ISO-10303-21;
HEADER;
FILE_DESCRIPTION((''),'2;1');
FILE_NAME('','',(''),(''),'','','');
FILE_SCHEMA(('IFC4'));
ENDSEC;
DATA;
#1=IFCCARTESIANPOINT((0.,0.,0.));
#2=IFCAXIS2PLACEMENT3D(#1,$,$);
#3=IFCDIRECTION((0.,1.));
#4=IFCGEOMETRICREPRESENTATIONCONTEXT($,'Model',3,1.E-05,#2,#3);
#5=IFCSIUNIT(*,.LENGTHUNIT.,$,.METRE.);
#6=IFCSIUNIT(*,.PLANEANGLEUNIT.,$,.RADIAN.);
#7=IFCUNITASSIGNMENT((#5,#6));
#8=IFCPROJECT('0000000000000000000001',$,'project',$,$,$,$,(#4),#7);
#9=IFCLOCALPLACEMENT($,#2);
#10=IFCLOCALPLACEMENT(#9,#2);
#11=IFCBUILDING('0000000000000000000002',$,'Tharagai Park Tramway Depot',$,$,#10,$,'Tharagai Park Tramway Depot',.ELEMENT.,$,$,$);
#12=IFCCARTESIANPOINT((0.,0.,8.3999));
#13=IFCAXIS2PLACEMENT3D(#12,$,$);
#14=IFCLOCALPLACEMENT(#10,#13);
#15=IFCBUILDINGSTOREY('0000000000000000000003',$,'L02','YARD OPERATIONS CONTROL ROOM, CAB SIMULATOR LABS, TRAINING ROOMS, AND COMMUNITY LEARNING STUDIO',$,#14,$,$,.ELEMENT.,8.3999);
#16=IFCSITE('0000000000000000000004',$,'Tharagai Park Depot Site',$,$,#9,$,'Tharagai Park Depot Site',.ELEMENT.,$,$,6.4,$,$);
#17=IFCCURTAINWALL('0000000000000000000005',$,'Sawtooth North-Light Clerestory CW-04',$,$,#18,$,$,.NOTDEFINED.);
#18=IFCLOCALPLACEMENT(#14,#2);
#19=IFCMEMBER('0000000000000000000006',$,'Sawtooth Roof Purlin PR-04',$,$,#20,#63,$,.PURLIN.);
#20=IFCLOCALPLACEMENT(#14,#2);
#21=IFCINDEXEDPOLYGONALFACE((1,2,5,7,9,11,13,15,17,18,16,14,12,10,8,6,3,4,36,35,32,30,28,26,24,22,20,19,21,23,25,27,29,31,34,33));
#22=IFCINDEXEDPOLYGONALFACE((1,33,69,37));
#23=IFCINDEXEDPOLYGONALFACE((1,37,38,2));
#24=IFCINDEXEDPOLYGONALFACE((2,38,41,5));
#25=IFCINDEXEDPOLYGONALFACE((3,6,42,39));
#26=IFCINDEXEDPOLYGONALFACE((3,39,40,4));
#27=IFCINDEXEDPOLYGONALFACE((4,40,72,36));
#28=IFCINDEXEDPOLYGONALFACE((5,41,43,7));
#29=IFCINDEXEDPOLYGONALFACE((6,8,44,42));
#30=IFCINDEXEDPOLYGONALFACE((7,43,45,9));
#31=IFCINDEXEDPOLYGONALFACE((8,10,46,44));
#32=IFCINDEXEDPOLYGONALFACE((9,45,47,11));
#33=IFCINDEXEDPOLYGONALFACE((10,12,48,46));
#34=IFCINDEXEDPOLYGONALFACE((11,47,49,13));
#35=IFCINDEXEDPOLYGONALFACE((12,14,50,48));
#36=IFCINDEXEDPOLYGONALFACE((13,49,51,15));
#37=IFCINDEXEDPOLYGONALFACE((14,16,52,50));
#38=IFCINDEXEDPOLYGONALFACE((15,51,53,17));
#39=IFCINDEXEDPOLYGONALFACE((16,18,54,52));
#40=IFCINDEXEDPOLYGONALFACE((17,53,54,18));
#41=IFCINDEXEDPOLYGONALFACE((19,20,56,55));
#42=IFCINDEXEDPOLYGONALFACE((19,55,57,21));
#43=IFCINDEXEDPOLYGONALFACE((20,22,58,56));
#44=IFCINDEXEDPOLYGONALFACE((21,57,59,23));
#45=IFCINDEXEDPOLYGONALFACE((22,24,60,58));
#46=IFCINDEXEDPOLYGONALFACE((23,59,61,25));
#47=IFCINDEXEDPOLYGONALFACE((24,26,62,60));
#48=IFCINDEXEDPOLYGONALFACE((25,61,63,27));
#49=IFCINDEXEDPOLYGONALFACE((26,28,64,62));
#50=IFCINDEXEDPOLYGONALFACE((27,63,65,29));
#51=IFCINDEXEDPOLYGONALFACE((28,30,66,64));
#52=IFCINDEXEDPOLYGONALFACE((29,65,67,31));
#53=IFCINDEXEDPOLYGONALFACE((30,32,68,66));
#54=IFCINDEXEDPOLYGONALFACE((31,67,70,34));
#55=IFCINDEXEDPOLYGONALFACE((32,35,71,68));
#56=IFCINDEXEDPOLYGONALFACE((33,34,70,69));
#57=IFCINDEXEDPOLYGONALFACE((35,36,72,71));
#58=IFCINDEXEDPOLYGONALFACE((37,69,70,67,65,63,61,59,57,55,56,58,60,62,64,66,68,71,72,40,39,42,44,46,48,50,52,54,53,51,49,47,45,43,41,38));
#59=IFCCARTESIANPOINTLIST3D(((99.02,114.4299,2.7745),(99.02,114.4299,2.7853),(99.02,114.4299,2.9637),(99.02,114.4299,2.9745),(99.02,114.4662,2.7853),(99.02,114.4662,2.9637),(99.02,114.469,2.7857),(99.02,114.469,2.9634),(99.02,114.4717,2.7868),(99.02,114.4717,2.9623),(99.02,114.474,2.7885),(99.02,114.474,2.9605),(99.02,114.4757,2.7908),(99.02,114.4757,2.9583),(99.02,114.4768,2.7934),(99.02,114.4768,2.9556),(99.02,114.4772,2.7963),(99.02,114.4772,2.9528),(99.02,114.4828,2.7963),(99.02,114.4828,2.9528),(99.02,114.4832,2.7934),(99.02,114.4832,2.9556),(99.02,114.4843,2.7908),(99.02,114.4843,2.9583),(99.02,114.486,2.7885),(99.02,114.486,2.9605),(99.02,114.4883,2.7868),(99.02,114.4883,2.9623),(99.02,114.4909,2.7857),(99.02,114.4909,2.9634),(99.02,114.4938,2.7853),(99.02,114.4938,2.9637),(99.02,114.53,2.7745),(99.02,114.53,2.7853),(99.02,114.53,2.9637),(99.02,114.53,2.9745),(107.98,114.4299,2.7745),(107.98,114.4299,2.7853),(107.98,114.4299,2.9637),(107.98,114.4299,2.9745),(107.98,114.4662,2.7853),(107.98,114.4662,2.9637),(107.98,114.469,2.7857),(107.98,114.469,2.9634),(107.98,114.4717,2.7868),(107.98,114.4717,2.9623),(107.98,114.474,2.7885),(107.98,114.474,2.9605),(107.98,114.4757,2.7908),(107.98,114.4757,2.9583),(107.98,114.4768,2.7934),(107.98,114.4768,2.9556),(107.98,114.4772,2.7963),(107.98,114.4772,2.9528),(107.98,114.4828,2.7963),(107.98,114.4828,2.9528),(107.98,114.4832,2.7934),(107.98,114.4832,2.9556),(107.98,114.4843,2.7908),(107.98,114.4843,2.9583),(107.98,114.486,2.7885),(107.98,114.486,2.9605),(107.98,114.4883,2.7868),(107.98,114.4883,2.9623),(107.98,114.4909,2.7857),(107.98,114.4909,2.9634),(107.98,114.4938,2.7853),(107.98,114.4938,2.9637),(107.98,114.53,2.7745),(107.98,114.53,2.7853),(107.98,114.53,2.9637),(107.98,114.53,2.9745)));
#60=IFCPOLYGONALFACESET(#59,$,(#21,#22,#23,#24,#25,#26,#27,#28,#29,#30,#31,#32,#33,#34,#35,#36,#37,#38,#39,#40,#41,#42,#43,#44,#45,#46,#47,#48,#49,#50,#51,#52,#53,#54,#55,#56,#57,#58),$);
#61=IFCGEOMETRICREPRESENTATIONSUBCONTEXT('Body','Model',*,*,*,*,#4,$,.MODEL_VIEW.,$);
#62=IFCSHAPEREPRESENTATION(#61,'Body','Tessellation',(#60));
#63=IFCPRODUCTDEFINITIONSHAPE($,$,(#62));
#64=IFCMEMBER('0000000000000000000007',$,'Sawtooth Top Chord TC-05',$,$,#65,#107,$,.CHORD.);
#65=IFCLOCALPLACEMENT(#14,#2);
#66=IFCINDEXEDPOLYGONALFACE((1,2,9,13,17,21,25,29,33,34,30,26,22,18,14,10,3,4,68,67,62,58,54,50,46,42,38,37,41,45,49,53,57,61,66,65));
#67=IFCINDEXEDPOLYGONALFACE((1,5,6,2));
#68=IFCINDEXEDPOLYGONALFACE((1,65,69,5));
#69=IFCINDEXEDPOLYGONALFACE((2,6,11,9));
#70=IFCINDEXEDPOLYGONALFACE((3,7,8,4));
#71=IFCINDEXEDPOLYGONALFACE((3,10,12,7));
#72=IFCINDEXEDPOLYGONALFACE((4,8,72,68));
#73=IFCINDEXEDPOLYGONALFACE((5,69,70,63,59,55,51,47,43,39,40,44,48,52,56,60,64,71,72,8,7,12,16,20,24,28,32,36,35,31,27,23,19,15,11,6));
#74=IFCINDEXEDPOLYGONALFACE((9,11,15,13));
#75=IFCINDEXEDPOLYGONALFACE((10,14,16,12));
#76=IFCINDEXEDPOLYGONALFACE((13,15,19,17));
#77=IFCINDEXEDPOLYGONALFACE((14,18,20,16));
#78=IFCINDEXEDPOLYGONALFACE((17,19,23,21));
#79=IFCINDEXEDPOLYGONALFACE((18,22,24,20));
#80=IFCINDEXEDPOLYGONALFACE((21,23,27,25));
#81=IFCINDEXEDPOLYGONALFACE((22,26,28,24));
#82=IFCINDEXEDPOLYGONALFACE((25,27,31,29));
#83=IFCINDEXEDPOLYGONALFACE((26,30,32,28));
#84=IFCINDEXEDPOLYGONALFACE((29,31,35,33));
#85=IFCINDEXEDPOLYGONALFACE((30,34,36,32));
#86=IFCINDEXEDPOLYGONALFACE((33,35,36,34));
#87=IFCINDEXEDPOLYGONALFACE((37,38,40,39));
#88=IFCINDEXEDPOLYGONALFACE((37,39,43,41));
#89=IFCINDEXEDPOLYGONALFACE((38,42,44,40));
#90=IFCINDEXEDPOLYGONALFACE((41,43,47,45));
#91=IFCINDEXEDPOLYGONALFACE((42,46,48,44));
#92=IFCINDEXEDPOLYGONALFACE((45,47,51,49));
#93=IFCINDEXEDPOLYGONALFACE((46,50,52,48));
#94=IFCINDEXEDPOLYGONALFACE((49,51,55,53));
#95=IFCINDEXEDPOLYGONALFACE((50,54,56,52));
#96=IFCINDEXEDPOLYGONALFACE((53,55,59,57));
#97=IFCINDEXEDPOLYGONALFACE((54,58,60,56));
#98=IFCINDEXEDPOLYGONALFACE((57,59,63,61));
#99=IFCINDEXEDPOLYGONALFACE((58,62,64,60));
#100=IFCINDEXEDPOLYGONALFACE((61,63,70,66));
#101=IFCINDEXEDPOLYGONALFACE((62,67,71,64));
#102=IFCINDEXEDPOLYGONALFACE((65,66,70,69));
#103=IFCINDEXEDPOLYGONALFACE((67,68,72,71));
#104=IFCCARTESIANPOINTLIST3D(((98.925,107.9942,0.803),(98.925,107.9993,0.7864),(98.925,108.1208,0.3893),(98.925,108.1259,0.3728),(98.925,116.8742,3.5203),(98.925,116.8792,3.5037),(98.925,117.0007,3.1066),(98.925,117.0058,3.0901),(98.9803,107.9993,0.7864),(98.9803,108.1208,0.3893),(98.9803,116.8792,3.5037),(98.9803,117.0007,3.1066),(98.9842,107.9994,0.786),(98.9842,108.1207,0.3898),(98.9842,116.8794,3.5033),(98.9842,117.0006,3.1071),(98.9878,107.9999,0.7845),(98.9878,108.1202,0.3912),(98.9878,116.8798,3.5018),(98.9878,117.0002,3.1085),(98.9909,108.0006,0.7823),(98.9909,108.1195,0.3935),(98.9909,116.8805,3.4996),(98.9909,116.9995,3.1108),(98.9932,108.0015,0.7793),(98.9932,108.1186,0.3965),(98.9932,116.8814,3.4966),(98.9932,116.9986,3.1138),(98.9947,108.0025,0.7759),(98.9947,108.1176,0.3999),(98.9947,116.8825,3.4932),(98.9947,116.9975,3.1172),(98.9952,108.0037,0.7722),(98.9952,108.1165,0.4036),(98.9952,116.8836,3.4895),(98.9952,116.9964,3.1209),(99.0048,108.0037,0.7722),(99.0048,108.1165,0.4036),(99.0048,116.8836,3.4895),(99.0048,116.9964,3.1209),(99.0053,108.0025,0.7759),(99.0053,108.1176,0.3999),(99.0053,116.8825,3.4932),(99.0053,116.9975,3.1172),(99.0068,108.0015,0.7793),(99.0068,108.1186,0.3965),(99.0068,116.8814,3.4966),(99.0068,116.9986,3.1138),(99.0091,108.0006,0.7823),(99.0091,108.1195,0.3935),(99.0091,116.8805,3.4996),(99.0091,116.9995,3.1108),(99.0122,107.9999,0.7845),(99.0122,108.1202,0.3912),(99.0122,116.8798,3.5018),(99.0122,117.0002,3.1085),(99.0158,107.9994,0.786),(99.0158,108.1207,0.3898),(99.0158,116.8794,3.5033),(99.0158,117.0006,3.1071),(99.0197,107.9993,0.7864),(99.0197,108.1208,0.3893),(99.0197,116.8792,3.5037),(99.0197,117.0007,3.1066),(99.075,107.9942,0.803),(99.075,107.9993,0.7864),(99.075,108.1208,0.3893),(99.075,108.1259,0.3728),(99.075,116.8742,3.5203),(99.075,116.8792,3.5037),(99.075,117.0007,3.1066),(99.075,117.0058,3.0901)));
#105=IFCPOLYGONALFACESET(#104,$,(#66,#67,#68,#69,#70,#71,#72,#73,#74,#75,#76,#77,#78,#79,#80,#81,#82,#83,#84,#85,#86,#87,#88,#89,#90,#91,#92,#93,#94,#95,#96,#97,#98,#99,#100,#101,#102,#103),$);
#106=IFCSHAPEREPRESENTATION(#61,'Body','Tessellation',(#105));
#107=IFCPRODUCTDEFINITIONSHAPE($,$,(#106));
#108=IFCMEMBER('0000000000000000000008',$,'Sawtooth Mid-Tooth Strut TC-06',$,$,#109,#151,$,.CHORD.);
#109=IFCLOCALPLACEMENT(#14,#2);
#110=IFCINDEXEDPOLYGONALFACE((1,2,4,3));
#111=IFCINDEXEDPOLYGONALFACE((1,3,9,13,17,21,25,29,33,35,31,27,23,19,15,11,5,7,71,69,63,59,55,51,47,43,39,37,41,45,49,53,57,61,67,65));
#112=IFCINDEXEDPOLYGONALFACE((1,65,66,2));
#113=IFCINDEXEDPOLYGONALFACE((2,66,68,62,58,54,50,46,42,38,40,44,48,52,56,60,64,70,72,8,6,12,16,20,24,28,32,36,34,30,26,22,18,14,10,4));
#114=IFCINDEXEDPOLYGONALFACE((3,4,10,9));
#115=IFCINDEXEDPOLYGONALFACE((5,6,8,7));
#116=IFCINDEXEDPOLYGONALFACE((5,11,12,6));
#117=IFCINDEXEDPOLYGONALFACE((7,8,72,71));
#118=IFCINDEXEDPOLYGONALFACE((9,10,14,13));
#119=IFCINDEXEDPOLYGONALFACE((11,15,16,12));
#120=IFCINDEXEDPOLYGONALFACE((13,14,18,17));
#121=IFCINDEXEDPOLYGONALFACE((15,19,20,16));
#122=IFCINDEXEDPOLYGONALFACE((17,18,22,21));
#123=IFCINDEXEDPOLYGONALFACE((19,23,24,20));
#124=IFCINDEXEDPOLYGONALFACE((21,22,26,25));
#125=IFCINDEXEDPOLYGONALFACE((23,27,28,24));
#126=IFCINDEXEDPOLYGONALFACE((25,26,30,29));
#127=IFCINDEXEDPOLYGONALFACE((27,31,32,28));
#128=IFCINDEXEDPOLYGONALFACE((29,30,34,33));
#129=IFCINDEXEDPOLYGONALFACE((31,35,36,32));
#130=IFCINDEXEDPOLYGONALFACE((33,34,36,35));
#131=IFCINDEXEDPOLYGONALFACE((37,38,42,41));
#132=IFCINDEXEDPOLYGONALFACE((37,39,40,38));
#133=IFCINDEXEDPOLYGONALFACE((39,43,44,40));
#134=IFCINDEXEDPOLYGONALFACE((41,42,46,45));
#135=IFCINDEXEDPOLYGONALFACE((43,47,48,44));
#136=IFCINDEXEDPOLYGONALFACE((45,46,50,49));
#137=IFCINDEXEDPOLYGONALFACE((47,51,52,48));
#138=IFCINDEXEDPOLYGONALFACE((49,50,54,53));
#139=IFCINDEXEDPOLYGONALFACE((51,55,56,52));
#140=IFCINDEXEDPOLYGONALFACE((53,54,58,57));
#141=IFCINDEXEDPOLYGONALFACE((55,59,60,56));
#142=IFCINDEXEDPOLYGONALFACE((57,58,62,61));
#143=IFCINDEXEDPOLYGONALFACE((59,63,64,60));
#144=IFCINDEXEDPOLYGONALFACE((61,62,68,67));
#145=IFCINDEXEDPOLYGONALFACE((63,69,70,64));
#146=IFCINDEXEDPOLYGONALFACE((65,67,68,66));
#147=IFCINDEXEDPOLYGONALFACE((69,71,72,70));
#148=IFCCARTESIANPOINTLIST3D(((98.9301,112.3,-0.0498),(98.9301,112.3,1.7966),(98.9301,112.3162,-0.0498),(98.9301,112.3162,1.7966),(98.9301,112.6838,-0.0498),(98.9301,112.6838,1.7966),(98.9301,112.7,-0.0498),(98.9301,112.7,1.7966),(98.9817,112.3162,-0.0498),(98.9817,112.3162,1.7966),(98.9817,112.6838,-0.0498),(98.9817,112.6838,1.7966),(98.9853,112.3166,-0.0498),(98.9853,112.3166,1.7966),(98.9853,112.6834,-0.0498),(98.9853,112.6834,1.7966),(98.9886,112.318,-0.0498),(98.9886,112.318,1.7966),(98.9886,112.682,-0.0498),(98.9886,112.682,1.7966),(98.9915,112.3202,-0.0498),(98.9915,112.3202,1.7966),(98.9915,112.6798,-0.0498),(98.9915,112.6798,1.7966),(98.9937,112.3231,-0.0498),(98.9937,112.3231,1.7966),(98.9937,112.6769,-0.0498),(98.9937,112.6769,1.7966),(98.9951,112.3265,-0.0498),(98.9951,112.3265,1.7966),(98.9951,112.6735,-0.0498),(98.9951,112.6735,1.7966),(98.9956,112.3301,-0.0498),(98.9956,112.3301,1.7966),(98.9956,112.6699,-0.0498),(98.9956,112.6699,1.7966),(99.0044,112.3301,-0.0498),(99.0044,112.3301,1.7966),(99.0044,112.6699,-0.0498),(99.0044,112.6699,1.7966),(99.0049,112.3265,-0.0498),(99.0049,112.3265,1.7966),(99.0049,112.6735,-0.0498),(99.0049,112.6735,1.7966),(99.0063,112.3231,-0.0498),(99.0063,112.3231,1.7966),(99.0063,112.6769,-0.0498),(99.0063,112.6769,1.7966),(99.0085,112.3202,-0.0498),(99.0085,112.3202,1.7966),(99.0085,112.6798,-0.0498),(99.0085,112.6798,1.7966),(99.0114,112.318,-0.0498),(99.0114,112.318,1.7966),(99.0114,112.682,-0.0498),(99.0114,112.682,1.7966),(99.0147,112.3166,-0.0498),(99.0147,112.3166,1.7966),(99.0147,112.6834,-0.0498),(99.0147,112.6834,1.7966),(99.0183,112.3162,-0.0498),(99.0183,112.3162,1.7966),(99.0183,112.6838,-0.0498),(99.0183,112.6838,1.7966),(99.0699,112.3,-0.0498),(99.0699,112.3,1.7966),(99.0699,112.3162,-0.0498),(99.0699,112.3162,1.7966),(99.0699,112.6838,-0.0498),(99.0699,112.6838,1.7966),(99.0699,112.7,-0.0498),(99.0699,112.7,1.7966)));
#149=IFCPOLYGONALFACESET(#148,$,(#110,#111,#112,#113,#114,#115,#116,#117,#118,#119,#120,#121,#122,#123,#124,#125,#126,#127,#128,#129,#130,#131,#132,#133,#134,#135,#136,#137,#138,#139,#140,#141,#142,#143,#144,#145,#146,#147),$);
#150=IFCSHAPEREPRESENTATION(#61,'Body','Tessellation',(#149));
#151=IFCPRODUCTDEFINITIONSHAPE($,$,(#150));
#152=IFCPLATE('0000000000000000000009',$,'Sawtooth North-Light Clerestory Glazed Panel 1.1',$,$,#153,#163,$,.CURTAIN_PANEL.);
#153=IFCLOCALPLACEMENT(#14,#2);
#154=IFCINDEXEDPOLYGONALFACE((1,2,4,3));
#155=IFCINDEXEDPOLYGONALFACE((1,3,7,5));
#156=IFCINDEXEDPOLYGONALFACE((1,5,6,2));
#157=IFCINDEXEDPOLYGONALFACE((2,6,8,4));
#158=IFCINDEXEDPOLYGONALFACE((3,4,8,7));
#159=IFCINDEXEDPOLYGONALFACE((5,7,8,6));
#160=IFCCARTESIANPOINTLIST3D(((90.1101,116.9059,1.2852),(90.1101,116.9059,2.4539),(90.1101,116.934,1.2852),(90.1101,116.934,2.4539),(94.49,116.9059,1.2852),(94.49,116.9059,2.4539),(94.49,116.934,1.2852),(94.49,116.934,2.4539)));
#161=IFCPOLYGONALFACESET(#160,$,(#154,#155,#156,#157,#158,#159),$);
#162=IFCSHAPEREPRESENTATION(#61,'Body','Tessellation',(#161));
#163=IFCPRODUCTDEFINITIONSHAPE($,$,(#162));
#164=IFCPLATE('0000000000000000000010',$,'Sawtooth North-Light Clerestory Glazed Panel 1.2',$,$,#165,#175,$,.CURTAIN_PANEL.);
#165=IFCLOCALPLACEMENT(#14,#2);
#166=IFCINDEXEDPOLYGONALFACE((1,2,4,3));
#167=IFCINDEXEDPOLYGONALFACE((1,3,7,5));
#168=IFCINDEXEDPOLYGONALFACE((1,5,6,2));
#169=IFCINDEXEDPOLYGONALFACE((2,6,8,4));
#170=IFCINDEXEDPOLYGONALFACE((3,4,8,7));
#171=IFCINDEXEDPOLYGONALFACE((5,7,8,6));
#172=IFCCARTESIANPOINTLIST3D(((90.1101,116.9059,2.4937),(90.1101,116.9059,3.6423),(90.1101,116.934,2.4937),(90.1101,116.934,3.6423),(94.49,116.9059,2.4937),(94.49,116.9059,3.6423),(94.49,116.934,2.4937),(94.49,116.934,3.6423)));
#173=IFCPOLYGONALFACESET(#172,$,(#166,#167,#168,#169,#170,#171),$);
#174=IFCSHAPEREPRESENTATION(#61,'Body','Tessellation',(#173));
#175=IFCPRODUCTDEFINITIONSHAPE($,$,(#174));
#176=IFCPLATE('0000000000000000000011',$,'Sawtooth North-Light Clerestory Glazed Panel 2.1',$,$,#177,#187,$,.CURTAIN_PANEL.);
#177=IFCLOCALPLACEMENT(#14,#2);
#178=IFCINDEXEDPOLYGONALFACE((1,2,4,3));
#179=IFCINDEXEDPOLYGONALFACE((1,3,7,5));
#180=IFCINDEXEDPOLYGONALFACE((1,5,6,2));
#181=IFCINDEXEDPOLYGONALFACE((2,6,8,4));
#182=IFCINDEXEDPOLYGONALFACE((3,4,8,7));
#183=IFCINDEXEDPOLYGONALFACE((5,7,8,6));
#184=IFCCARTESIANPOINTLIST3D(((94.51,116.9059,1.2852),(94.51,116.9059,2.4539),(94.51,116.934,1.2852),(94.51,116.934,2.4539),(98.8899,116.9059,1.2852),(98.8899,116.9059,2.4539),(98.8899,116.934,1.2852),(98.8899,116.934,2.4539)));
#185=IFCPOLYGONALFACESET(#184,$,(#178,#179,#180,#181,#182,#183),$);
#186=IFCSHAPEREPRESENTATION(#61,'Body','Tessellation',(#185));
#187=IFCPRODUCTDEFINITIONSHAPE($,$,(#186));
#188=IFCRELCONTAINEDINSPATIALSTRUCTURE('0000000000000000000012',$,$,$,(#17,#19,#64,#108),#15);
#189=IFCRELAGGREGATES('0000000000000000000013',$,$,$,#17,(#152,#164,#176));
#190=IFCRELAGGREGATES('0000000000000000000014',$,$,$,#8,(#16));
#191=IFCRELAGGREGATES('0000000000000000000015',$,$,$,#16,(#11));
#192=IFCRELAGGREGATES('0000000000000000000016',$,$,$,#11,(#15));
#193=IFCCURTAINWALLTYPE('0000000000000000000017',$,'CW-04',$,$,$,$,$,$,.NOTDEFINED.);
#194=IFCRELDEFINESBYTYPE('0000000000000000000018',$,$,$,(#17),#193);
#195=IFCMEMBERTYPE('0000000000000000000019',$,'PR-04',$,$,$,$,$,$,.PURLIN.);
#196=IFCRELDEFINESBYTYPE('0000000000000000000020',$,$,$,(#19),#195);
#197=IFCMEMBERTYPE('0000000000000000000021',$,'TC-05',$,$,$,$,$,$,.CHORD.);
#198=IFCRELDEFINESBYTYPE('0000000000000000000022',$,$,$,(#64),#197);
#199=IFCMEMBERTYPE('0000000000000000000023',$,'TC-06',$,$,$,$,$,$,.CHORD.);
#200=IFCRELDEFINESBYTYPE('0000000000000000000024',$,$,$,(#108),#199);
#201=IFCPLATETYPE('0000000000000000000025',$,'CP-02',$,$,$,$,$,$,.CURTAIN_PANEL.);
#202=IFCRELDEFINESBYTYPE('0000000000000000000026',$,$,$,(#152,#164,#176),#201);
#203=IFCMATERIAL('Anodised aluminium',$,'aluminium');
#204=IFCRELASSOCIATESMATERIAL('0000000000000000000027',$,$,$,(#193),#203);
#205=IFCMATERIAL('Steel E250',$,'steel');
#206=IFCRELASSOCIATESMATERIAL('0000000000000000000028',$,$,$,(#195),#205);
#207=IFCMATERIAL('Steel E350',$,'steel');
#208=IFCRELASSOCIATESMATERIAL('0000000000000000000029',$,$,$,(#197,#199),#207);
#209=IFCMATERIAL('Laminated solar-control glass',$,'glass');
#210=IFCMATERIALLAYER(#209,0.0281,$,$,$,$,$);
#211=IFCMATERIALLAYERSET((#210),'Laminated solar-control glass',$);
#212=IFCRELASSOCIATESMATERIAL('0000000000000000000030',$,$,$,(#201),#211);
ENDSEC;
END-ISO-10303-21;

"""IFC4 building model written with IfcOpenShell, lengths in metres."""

from ifc_helpers import new_model, si_unit, direction, frame, origin, origin_2d, place, context, subcontext, project, spatial, rectangle, i_section, extrude, material, layer, layer_set, material_profile, profile_set, type_object, element, aggregate, save


model = new_model("IFC4")

# Units and contexts
model_context = context("Model", 3, precision=1e-05, world=origin(), true_north=direction((0.0, 1.0)))
body_context = subcontext(model_context, "Body", "Model", "MODEL_VIEW")
ifc_project = project(units=[si_unit("LENGTHUNIT", "METRE"), si_unit("PLANEANGLEUNIT", "RADIAN")], contexts=[model_context])

# Site, building, storey
site_placement = place(None, origin())
site = spatial("IfcSite", under=ifc_project, at=site_placement, Name="Tharagai Park Depot Site", LongName="Tharagai Park Depot Site", CompositionType="ELEMENT", RefElevation=6.4)
building_placement = place(site_placement, origin())
building = spatial("IfcBuilding", under=site, at=building_placement, Name="Tharagai Park Tramway Depot", LongName="Tharagai Park Tramway Depot", CompositionType="ELEMENT")
storey_placement = place(building_placement, frame((0.0, 0.0, 8.3999)))
storey = spatial("IfcBuildingStorey", under=building, at=storey_placement, Name="L02", Description="YARD OPERATIONS CONTROL ROOM, CAB SIMULATOR LABS, TRAINING ROOMS, AND COMMUNITY LEARNING STUDIO", CompositionType="ELEMENT", Elevation=8.3999)

# Shared definitions
ifc_material_1 = material(Name="Steel E350", Category="steel")
ifc_material_2 = material(Name="Steel E250", Category="steel")

# Curtain wall
ifc_material_3 = material(Name="Anodised aluminium", Category="aluminium")
curtain_wall_type = type_object("IfcCurtainWallType", Name="CW-04", PredefinedType="NOTDEFINED", material=ifc_material_3)
curtain_wall_1_placement = place(storey_placement, origin())
curtain_wall_1 = element("IfcCurtainWall", 1, at=curtain_wall_1_placement, inside=storey, type_object=curtain_wall_type, Name="Sawtooth North-Light Clerestory CW-04", PredefinedType="NOTDEFINED")

# Members
ifc_material_profile_1 = material_profile(ifc_material_2, i_section(OverallWidth=0.1001, OverallDepth=0.2, WebThickness=0.0056, FlangeThickness=0.0107, FilletRadius=0.011, at=origin_2d()), Name="ISMB 200")
ifc_profile_set_1 = profile_set([ifc_material_profile_1], Name="Steel E250")
member_type_1 = type_object("IfcMemberType", Name="PR-04", PredefinedType="PURLIN", material=ifc_profile_set_1)
for number, where, z_axis, x_axis, name in (
    (2, (99.02, 114.48, 2.8745), (1.0, 0.0, 0.0), (0.0, 1.0, 0.0), "Sawtooth Roof Purlin PR-04"),
):
    element("IfcMember", number, at=place(storey_placement, frame(where, z_axis=z_axis, x_axis=x_axis)), inside=storey, type_object=member_type_1, Name=name, PredefinedType="PURLIN", context=body_context, shape_type="SweptSolid", body=[
        extrude(i_section(OverallWidth=0.1001, OverallDepth=0.2, WebThickness=0.0056, FlangeThickness=0.0107, FilletRadius=0.011, at=origin_2d()), origin(), (0.0, 0.0, 1.0), 8.96),
    ])
ifc_material_profile_2 = material_profile(ifc_material_1, i_section(OverallWidth=0.1499, OverallDepth=0.45, WebThickness=0.0095, FlangeThickness=0.0173, FilletRadius=0.0149, at=origin_2d()), Name="ISMB 450")
ifc_profile_set_2 = profile_set([ifc_material_profile_2], Name="Steel E350")
member_type_2 = type_object("IfcMemberType", Name="TC-05", PredefinedType="CHORD", material=ifc_profile_set_2)
member_1_placement = place(storey_placement, frame((99.0, 108.0601, 0.5879), z_axis=(0.0, 0.956231, 0.292611), x_axis=(-1.0, 0.0, 0.0)))
element("IfcMember", 3, at=member_1_placement, inside=storey, type_object=member_type_2, Name="Sawtooth Top Chord TC-05", PredefinedType="CHORD", context=body_context, shape_type="SweptSolid", body=[
    extrude(i_section(OverallWidth=0.1499, OverallDepth=0.45, WebThickness=0.0095, FlangeThickness=0.0173, FilletRadius=0.0149, at=origin_2d()), origin(), (0.0, 0.0, 1.0), 9.2864),
])
ifc_material_profile_3 = material_profile(ifc_material_1, i_section(OverallWidth=0.1399, OverallDepth=0.3999, WebThickness=0.0088, FlangeThickness=0.0161, FilletRadius=0.0139, at=origin_2d()), Name="ISMB 400")
ifc_profile_set_3 = profile_set([ifc_material_profile_3], Name="Steel E350")
member_type_3 = type_object("IfcMemberType", Name="TC-06", PredefinedType="CHORD", material=ifc_profile_set_3)
member_2_placement = place(storey_placement, frame((99.0, 112.5, -0.0498), z_axis=(0.0, 0.0, 1.0), x_axis=(1.0, 0.0, 0.0)))
element("IfcMember", 4, at=member_2_placement, inside=storey, type_object=member_type_3, Name="Sawtooth Mid-Tooth Strut TC-06", PredefinedType="CHORD", context=body_context, shape_type="SweptSolid", body=[
    extrude(i_section(OverallWidth=0.1399, OverallDepth=0.3999, WebThickness=0.0088, FlangeThickness=0.0161, FilletRadius=0.0139, at=origin_2d()), origin(), (0.0, 0.0, 1.0), 1.8464),
])

# Plates
ifc_material_4 = material(Name="Laminated solar-control glass", Category="glass")
ifc_layer_1 = layer(ifc_material_4, 0.0281)
ifc_layer_set_1 = layer_set([ifc_layer_1], Name="Laminated solar-control glass")
plate_type_1 = type_object("IfcPlateType", Name="CP-02", PredefinedType="CURTAIN_PANEL", material=ifc_layer_set_1)
plate_1_placement = place(storey_placement, frame((92.3, 116.9199, 1.2852), z_axis=(0.0, 0.0, 1.0), x_axis=(1.0, 0.0, 0.0)))
plate_1 = element("IfcPlate", 5, at=plate_1_placement, type_object=plate_type_1, Name="Sawtooth North-Light Clerestory Glazed Panel 1.1", PredefinedType="CURTAIN_PANEL", context=body_context, shape_type="SweptSolid", body=[
    extrude(rectangle(XDim=4.3799, YDim=0.0281, at=origin_2d()), origin(), (0.0, 0.0, 1.0), 1.1687),
])
plate_2_placement = place(storey_placement, frame((92.3, 116.9199, 2.4937), z_axis=(0.0, 0.0, 1.0), x_axis=(1.0, 0.0, 0.0)))
plate_2 = element("IfcPlate", 6, at=plate_2_placement, type_object=plate_type_1, Name="Sawtooth North-Light Clerestory Glazed Panel 1.2", PredefinedType="CURTAIN_PANEL", context=body_context, shape_type="SweptSolid", body=[
    extrude(rectangle(XDim=4.3799, YDim=0.0281, at=origin_2d()), origin(), (0.0, 0.0, 1.0), 1.1487),
])
plate_3_placement = place(storey_placement, frame((96.7, 116.9199, 1.2852), z_axis=(0.0, 0.0, 1.0), x_axis=(1.0, 0.0, 0.0)))
plate_3 = element("IfcPlate", 7, at=plate_3_placement, type_object=plate_type_1, Name="Sawtooth North-Light Clerestory Glazed Panel 2.1", PredefinedType="CURTAIN_PANEL", context=body_context, shape_type="SweptSolid", body=[
    extrude(rectangle(XDim=4.3799, YDim=0.0281, at=origin_2d()), origin(), (0.0, 0.0, 1.0), 1.1687),
])
aggregate(curtain_wall_1, [plate_1, plate_2, plate_3])

save(model, "model.ifc")
